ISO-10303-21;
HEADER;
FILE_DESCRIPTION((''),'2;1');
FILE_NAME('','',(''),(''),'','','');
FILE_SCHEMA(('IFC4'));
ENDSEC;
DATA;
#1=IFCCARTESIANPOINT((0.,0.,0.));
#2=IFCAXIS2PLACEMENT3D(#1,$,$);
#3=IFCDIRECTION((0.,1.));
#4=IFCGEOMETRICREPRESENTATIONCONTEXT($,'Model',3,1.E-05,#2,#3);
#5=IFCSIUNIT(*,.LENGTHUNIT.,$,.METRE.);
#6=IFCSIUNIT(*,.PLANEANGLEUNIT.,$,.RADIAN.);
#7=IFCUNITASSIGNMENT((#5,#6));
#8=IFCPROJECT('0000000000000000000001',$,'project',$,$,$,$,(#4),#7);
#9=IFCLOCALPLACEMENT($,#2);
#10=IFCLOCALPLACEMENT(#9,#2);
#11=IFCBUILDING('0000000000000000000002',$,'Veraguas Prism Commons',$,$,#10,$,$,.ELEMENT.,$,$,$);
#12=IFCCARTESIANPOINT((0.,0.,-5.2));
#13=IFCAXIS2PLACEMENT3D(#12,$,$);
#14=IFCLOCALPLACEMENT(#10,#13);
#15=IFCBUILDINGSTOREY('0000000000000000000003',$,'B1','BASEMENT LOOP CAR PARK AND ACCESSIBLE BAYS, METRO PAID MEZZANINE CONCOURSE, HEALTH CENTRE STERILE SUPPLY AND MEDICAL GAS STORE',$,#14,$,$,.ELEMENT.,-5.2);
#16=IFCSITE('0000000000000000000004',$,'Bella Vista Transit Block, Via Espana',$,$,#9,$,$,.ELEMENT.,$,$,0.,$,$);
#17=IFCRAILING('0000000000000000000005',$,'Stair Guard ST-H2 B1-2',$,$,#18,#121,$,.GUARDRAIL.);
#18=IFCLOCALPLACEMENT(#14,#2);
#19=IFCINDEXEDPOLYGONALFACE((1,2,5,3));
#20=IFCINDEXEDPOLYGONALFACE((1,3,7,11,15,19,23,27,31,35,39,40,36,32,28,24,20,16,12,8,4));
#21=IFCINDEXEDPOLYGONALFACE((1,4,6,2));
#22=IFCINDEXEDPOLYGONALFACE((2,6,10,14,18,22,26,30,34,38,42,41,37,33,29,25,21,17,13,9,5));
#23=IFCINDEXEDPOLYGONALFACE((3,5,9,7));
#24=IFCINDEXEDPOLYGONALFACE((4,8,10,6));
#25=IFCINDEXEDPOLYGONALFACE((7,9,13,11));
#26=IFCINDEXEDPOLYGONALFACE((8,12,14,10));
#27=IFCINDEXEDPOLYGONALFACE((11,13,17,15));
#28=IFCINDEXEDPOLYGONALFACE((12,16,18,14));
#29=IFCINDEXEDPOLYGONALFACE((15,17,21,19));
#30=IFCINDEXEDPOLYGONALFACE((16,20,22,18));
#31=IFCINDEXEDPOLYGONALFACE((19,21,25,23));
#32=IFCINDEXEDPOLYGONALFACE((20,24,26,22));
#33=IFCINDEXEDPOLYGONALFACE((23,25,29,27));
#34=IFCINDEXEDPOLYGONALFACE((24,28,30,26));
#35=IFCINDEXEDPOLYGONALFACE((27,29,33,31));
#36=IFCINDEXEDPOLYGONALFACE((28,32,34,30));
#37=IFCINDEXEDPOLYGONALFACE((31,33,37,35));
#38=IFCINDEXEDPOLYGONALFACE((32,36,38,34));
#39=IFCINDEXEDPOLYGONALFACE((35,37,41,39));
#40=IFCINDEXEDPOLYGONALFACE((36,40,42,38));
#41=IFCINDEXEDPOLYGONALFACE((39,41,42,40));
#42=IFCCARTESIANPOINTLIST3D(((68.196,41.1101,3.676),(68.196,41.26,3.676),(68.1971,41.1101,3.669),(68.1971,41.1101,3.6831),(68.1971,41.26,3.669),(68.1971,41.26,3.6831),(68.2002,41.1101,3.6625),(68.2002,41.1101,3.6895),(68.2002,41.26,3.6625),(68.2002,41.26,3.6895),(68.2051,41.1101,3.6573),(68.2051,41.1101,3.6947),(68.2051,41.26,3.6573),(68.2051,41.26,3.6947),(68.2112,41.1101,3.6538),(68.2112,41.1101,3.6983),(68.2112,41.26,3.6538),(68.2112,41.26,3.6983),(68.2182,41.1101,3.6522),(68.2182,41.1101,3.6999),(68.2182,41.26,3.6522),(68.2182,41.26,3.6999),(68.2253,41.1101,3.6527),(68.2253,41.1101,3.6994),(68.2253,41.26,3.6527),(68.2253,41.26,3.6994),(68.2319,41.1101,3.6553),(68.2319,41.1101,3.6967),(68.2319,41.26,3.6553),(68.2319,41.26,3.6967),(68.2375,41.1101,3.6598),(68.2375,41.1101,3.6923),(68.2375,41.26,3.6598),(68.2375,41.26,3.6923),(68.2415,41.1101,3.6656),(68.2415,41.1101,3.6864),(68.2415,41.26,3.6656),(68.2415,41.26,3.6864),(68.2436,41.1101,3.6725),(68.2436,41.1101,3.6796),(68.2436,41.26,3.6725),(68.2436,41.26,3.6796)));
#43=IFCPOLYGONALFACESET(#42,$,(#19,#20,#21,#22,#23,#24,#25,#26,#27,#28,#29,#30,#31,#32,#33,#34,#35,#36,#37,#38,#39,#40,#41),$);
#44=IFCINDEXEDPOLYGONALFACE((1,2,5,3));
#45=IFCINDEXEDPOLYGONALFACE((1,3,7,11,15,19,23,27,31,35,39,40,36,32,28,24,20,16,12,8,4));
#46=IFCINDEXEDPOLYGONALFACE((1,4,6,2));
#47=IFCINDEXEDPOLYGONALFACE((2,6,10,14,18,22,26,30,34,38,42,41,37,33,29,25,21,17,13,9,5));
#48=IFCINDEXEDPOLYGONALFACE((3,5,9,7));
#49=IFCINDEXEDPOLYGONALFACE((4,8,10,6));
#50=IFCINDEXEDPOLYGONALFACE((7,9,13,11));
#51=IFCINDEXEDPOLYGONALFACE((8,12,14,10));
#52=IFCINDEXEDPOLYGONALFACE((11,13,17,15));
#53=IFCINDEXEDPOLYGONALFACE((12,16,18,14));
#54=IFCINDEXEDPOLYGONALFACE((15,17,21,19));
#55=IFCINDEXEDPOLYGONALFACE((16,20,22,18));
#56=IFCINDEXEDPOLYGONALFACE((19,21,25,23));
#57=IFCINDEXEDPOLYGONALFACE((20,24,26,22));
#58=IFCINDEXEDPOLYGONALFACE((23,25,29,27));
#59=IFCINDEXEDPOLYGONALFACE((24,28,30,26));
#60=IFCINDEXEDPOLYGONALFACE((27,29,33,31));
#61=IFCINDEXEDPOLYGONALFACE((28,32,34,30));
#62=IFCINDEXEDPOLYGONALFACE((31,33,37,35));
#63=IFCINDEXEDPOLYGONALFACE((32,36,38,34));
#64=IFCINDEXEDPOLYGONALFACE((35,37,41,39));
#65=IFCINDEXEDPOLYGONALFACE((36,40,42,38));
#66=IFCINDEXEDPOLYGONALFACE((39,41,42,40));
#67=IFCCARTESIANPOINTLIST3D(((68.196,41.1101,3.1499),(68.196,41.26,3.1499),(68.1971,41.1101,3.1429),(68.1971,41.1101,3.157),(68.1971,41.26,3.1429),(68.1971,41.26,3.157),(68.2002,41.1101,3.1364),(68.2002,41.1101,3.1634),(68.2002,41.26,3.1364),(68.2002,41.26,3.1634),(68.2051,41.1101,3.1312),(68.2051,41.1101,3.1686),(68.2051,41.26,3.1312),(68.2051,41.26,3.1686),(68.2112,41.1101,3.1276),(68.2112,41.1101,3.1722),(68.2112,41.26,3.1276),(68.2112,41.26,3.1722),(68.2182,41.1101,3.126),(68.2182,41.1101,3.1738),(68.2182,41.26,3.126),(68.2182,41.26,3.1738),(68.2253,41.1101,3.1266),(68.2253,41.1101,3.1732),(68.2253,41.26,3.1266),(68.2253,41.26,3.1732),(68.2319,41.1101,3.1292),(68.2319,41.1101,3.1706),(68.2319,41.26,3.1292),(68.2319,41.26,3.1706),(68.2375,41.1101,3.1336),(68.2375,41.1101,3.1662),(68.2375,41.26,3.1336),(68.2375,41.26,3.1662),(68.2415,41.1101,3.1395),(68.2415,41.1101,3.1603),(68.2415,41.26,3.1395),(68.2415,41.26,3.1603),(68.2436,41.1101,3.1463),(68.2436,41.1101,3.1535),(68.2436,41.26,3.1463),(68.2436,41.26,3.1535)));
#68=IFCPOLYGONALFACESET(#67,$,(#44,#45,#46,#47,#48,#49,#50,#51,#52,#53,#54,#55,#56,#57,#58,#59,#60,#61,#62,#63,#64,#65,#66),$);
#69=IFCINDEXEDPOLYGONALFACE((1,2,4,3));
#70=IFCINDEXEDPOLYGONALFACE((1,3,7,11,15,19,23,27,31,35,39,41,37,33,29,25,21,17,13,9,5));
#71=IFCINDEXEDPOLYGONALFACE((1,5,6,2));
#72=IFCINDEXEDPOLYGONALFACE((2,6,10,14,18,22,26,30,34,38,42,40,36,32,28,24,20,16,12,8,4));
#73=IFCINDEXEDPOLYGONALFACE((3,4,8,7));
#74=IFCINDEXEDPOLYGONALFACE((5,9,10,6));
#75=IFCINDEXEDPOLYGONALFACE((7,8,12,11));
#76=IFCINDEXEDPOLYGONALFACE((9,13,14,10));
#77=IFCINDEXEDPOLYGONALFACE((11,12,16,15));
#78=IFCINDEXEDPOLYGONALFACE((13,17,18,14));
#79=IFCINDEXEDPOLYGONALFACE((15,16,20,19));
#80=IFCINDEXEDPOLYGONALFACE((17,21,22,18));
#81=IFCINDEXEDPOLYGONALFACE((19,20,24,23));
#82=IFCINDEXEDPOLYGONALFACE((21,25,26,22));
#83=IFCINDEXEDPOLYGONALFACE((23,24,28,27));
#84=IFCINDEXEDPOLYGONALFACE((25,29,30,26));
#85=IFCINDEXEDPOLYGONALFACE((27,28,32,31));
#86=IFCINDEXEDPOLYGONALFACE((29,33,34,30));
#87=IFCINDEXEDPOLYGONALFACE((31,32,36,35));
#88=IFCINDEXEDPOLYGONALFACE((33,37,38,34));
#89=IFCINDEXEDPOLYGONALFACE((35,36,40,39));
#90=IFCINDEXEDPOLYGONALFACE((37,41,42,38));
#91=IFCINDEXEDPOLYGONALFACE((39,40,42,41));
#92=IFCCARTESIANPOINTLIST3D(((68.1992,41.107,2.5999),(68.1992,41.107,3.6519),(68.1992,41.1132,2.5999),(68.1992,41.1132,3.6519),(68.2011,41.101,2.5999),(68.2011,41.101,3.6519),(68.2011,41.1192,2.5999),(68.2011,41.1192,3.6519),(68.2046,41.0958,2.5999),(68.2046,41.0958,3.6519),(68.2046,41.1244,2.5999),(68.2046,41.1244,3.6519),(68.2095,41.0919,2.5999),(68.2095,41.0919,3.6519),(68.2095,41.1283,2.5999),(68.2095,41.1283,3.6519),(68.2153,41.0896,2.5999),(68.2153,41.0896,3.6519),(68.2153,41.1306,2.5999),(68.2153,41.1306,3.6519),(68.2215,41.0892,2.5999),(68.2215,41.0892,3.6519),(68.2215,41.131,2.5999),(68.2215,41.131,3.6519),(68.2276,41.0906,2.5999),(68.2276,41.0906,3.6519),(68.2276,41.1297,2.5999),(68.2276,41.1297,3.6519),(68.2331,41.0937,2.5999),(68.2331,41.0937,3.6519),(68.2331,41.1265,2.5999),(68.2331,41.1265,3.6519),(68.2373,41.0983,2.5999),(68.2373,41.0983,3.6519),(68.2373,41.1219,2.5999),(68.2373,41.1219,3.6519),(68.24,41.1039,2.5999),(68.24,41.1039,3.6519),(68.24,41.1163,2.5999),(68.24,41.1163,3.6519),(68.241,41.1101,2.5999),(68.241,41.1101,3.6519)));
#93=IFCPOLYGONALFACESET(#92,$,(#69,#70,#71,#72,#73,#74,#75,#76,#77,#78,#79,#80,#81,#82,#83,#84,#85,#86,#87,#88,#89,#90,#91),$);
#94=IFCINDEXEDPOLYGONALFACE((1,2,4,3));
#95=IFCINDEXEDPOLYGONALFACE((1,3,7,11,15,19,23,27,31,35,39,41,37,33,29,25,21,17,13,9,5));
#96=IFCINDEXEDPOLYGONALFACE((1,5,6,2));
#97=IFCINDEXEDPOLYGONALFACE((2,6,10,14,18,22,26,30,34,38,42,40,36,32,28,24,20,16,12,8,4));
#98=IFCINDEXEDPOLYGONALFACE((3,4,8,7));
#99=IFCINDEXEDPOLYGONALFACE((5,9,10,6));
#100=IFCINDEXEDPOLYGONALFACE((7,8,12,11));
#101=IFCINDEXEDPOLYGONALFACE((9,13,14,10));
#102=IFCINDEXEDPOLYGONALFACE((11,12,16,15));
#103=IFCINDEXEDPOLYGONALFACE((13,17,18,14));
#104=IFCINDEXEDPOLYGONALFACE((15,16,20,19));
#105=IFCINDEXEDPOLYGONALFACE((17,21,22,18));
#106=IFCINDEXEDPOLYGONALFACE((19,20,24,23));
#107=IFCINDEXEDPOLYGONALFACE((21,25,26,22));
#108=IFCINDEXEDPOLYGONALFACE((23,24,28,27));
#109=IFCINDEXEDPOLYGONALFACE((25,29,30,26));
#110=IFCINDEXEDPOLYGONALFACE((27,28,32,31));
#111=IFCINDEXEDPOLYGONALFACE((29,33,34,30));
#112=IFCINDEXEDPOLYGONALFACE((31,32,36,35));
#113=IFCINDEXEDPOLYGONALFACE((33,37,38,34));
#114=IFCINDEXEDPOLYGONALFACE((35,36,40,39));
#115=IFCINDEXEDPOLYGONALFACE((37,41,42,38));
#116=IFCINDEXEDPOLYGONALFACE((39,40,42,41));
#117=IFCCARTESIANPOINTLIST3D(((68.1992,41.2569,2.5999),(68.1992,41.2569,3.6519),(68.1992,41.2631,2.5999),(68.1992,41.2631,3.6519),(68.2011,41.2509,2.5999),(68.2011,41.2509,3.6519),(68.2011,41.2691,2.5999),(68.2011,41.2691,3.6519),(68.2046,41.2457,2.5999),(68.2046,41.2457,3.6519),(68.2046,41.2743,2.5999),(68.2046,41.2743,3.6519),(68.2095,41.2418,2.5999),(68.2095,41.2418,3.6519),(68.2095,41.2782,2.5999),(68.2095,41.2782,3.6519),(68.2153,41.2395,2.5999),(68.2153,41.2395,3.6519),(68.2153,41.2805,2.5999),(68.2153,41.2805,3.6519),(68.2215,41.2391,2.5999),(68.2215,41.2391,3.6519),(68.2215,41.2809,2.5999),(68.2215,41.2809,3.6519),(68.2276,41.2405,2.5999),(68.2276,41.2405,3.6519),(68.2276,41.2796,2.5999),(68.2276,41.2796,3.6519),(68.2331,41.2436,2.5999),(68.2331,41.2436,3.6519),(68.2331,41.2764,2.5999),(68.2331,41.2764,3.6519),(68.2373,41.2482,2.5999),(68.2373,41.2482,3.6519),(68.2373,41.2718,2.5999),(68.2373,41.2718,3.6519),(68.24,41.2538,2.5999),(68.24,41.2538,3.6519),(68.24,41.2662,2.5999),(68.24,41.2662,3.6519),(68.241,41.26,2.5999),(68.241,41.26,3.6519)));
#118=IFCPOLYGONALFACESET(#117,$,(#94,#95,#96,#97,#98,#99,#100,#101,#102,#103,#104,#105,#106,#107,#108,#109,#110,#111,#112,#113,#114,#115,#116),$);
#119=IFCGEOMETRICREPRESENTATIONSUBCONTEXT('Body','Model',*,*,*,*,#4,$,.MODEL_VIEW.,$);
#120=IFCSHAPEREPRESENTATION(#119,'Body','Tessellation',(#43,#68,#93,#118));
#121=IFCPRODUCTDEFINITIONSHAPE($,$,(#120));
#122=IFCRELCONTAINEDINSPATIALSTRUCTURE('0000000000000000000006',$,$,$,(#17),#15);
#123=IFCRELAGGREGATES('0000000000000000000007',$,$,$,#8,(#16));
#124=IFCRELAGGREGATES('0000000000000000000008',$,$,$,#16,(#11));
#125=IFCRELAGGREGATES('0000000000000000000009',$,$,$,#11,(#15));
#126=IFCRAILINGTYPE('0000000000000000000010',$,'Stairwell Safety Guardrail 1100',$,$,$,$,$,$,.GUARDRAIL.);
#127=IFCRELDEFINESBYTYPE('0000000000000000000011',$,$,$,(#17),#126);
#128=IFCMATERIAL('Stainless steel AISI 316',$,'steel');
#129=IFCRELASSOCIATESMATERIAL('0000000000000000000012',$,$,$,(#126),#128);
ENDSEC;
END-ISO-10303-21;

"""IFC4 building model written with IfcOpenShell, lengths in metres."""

from ifc_helpers import new_model, si_unit, direction, frame, origin, origin_2d, place, context, subcontext, project, spatial, circle, extrude, material, type_object, element, save


model = new_model("IFC4")

# Units and contexts
model_context = context("Model", 3, precision=1e-05, world=origin(), true_north=direction((0.0, 1.0)))
body_context = subcontext(model_context, "Body", "Model", "MODEL_VIEW")
ifc_project = project(units=[si_unit("LENGTHUNIT", "METRE"), si_unit("PLANEANGLEUNIT", "RADIAN")], contexts=[model_context])

# Site, building, storey
site_placement = place(None, origin())
site = spatial("IfcSite", under=ifc_project, at=site_placement, Name="Bella Vista Transit Block, Via Espana", CompositionType="ELEMENT", RefElevation=0.0)
building_placement = place(site_placement, origin())
building = spatial("IfcBuilding", under=site, at=building_placement, Name="Veraguas Prism Commons", CompositionType="ELEMENT")
storey_placement = place(building_placement, frame((0.0, 0.0, -5.2)))
storey = spatial("IfcBuildingStorey", under=building, at=storey_placement, Name="B1", Description="BASEMENT LOOP CAR PARK AND ACCESSIBLE BAYS, METRO PAID MEZZANINE CONCOURSE, HEALTH CENTRE STERILE SUPPLY AND MEDICAL GAS STORE", CompositionType="ELEMENT", Elevation=-5.2)

# Railing
ifc_material_1 = material(Name="Stainless steel AISI 316", Category="steel")
railing_type_1 = type_object("IfcRailingType", Name="Stairwell Safety Guardrail 1100", PredefinedType="GUARDRAIL", material=ifc_material_1)
railing_1_placement = place(storey_placement, frame((68.22, 41.1101, 2.5999)))
element("IfcRailing", 1, at=railing_1_placement, inside=storey, type_object=railing_type_1, Name="Stair Guard ST-H2 B1-2", PredefinedType="GUARDRAIL", context=body_context, shape_type="SweptSolid", body=[
    extrude(circle(Radius=0.0239, at=origin_2d()), frame((0.0, 0.0, 1.0762), z_axis=(0.0, 1.0, 0.0), x_axis=(-1.0, 0.0, 0.0)), (0.0, 0.0, 1.0), 0.1499),
    extrude(circle(Radius=0.0239, at=origin_2d()), frame((0.0, 0.0, 0.55), z_axis=(0.0, 1.0, 0.0), x_axis=(-1.0, 0.0, 0.0)), (0.0, 0.0, 1.0), 0.1499),
    extrude(circle(Radius=0.021, at=origin_2d()), origin(), (0.0, 0.0, 1.0), 1.052),
    extrude(circle(Radius=0.021, at=origin_2d()), frame((0.0, 0.1499, 0.0)), (0.0, 0.0, 1.0), 1.052),
])

save(model, "model.ifc")
